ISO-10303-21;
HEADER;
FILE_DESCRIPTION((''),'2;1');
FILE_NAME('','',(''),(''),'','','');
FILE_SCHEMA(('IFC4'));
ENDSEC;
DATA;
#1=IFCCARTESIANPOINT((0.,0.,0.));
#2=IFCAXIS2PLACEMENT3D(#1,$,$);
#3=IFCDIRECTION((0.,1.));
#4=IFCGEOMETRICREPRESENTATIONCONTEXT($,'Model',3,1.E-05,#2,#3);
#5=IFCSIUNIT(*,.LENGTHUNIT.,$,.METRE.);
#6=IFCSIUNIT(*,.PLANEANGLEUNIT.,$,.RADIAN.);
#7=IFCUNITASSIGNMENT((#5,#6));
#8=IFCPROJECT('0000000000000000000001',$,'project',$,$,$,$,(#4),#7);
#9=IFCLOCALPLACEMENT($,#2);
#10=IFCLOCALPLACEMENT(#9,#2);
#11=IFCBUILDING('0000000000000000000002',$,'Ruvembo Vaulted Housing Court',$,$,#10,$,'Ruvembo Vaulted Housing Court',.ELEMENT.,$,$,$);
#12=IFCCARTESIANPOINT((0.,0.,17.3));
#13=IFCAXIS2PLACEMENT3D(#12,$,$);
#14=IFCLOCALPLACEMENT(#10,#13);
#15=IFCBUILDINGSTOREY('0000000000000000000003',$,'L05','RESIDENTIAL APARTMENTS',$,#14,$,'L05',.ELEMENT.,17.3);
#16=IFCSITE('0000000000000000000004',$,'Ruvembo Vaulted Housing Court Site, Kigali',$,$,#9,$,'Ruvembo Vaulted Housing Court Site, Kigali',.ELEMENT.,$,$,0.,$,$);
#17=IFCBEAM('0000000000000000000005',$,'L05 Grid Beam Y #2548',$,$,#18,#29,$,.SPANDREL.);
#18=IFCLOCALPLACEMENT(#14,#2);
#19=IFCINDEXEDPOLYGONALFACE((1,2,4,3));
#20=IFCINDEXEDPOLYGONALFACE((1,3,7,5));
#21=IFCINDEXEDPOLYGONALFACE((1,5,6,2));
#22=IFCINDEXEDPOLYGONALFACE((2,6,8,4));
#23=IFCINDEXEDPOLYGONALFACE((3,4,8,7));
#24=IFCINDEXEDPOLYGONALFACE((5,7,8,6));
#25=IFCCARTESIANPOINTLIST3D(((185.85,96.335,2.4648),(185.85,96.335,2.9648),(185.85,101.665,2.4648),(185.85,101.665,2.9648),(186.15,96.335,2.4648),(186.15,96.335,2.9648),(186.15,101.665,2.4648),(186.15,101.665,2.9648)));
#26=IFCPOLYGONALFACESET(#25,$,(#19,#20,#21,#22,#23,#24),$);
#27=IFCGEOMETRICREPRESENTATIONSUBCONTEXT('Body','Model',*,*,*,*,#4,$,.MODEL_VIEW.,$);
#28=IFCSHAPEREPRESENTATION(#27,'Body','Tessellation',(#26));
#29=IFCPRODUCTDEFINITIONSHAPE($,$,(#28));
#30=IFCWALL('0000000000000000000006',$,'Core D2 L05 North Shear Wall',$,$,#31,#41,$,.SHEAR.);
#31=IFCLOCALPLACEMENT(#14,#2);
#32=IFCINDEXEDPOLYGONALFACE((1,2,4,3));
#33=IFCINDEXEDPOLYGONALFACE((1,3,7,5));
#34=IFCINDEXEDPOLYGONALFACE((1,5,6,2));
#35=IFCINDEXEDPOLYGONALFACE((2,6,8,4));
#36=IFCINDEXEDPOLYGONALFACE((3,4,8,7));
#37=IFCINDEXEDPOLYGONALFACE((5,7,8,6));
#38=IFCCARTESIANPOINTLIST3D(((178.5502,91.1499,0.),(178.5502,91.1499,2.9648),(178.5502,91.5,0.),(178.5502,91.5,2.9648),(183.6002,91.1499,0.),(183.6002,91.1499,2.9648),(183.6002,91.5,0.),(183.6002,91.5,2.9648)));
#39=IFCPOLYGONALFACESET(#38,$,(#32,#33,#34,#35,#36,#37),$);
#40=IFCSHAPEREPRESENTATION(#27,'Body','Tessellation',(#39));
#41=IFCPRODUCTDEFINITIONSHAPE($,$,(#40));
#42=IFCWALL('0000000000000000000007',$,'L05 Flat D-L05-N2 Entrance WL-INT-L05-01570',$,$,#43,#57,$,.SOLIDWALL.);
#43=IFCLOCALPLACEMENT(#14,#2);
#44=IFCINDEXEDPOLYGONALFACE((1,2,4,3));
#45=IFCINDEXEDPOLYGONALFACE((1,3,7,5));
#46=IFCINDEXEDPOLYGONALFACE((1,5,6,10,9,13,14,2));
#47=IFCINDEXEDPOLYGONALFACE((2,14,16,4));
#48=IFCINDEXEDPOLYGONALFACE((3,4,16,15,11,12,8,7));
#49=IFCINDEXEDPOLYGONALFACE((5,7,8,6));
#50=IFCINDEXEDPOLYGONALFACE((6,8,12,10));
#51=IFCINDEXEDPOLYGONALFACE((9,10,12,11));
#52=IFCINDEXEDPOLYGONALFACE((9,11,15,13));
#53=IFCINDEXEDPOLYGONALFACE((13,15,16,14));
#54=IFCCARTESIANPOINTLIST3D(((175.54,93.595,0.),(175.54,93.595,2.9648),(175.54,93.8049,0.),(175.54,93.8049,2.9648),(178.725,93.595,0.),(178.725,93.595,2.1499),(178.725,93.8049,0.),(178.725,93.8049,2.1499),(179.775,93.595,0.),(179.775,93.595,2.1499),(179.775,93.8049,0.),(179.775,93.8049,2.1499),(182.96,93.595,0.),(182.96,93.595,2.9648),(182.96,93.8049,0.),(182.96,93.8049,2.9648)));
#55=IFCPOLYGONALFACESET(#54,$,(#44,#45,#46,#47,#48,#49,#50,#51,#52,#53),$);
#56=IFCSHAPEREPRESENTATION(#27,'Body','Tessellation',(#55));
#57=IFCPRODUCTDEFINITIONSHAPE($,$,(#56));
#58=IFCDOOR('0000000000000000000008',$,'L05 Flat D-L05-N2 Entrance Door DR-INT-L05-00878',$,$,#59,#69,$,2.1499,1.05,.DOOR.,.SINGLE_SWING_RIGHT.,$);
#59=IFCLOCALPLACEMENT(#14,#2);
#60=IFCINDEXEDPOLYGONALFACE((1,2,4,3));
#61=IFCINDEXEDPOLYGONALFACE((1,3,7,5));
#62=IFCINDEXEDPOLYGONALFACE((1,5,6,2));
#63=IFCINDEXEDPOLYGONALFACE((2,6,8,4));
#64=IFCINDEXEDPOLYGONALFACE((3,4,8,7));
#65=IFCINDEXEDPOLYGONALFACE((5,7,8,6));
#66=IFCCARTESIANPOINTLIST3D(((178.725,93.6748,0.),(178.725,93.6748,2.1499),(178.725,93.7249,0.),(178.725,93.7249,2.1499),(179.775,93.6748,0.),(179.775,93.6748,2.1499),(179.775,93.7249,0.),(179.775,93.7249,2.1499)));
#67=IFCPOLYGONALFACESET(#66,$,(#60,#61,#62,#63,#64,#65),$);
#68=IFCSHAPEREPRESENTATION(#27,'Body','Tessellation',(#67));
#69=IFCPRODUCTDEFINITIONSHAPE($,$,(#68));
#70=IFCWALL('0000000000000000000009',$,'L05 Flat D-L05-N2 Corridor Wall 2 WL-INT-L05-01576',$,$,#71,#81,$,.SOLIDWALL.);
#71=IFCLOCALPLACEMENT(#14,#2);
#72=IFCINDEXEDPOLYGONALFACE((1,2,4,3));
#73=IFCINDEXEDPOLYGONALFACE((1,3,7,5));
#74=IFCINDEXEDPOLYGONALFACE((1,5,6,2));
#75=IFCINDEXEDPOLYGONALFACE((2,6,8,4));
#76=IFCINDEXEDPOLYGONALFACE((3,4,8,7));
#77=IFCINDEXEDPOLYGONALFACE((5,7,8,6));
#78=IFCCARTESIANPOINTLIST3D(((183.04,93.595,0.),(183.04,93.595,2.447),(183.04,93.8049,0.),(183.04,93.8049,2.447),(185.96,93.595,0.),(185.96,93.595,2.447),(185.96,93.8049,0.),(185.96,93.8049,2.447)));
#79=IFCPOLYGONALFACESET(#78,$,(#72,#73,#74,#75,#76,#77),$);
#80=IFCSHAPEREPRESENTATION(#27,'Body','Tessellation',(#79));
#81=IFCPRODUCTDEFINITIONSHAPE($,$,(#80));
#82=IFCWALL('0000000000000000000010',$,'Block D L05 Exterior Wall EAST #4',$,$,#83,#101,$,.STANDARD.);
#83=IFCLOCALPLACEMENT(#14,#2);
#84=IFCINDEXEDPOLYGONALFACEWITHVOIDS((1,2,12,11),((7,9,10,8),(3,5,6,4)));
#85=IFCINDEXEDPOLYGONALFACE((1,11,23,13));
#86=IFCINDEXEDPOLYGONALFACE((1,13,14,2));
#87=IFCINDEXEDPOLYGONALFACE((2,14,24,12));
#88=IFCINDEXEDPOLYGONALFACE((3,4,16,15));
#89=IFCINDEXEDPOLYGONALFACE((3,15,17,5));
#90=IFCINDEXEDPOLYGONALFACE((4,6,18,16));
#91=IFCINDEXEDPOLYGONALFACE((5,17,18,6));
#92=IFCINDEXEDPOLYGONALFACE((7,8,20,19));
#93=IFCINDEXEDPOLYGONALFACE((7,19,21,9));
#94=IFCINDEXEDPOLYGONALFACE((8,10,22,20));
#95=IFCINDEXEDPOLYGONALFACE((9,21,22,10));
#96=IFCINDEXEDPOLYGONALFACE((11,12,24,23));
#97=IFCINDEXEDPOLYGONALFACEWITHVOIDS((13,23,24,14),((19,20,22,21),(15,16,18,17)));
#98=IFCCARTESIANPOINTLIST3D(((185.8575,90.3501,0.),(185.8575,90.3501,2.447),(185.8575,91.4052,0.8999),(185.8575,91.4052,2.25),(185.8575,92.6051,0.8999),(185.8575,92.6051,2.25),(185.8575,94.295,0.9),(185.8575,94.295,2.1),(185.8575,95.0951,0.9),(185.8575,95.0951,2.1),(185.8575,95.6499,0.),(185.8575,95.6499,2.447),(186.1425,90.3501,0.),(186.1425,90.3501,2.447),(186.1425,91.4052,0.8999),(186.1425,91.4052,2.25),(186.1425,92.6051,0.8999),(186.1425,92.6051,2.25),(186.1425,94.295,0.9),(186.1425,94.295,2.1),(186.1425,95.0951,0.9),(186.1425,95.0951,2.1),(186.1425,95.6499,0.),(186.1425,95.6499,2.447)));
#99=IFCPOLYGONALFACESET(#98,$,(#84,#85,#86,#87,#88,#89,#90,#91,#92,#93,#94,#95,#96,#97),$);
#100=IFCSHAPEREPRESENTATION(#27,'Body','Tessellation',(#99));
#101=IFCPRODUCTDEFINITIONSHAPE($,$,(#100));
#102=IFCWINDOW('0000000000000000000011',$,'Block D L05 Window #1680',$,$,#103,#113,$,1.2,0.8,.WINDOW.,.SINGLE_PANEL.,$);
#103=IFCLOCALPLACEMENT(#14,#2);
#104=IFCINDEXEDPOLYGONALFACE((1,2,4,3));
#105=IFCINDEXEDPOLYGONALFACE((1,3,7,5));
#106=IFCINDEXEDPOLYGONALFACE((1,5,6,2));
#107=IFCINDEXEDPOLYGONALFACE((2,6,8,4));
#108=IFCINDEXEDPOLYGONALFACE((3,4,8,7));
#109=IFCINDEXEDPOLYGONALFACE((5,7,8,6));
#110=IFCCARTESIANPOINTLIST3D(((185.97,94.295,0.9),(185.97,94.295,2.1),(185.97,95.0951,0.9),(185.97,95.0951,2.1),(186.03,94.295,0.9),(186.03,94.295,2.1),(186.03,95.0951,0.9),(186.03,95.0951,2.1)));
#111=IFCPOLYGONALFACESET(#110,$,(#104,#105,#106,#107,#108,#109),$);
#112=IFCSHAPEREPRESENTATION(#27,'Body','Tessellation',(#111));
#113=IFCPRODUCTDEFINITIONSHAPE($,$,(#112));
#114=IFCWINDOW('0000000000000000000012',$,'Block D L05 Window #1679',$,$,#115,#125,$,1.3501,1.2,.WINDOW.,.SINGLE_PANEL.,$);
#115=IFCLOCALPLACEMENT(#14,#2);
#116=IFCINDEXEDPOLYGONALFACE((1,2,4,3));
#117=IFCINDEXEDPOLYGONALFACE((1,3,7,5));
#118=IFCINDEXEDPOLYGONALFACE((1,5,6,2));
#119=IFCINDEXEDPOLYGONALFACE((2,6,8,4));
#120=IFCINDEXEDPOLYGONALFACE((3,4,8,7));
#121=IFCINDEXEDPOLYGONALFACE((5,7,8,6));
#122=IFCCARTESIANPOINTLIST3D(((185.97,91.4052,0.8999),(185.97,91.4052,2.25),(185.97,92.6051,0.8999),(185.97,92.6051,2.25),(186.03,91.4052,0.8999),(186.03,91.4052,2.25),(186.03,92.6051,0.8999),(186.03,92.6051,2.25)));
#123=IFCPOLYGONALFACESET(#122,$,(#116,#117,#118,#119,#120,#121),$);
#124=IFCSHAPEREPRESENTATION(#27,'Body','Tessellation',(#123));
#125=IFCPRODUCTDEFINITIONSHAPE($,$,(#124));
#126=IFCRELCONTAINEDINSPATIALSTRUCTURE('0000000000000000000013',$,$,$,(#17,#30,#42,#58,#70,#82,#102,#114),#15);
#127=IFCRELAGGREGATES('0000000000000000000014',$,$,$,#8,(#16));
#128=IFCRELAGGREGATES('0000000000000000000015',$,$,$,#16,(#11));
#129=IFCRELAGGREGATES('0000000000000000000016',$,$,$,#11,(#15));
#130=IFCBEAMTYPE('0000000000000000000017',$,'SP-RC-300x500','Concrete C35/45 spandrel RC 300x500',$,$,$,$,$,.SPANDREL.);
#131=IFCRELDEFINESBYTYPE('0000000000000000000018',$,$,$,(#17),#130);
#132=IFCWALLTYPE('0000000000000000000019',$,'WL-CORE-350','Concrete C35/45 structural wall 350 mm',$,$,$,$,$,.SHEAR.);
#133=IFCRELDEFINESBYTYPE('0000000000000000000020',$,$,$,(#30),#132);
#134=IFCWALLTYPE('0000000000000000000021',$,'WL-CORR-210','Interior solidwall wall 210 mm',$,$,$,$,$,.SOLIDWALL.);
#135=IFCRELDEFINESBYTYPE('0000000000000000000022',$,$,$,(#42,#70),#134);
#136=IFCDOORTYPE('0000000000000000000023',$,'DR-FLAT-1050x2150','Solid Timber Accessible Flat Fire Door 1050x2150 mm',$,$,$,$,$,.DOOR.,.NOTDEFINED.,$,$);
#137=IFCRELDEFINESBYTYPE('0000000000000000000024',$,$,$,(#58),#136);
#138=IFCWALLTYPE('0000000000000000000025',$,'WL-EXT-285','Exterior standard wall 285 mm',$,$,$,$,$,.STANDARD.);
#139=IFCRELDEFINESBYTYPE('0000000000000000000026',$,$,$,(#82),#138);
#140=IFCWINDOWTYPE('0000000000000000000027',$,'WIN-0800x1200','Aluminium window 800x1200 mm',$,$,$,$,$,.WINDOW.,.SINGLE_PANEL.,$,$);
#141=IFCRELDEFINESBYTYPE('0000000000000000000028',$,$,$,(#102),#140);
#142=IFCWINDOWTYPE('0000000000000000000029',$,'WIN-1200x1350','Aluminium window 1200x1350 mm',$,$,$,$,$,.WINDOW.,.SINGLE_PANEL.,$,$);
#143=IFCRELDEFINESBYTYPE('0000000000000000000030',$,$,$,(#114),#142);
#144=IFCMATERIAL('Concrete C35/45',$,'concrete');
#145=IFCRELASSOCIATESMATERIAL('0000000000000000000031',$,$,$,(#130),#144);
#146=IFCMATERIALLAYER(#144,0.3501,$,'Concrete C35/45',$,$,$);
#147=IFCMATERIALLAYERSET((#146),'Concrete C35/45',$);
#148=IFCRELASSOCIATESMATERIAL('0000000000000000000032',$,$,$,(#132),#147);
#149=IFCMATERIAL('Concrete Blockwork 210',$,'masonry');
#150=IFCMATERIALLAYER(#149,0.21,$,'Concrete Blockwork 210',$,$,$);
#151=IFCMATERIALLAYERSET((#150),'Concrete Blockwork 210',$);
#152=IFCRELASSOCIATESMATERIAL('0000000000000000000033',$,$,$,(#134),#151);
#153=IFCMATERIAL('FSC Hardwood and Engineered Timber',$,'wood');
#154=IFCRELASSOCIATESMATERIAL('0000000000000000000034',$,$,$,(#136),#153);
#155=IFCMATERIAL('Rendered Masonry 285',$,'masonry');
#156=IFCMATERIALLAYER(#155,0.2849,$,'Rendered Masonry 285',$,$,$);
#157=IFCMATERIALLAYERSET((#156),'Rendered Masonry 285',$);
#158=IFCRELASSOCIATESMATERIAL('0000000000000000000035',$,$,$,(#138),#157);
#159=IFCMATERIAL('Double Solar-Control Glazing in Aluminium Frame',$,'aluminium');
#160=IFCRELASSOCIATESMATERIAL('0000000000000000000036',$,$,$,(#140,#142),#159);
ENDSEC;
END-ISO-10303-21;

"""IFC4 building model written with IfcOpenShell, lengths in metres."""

from ifc_helpers import new_model, si_unit, direction, frame, frame_2d, origin, origin_2d, place, context, subcontext, project, spatial, rectangle, extrude, material, layer, layer_set, material_profile, profile_set, type_object, element, fill, save


model = new_model("IFC4")

# Units and contexts
model_context = context("Model", 3, precision=1e-05, world=origin(), true_north=direction((0.0, 1.0)))
body_context = subcontext(model_context, "Body", "Model", "MODEL_VIEW")
ifc_project = project(units=[si_unit("LENGTHUNIT", "METRE"), si_unit("PLANEANGLEUNIT", "RADIAN")], contexts=[model_context])

# Site, building, storey
site_placement = place(None, origin())
site = spatial("IfcSite", under=ifc_project, at=site_placement, Name="Ruvembo Vaulted Housing Court Site, Kigali", LongName="Ruvembo Vaulted Housing Court Site, Kigali", CompositionType="ELEMENT", RefElevation=0.0)
building_placement = place(site_placement, origin())
building = spatial("IfcBuilding", under=site, at=building_placement, Name="Ruvembo Vaulted Housing Court", LongName="Ruvembo Vaulted Housing Court", CompositionType="ELEMENT")
storey_placement = place(building_placement, frame((0.0, 0.0, 17.3)))
storey = spatial("IfcBuildingStorey", under=building, at=storey_placement, Name="L05", Description="RESIDENTIAL APARTMENTS", LongName="L05", CompositionType="ELEMENT", Elevation=17.3)

# Shared definitions
ifc_material_1 = material(Name="Concrete C35/45", Category="concrete")

# Beam
ifc_material_profile_1 = material_profile(ifc_material_1, rectangle(XDim=0.3, YDim=0.5, at=origin_2d()), Name="RC 300x500")
ifc_profile_set_1 = profile_set([ifc_material_profile_1], Name="Concrete C35/45")
beam_type_1 = type_object("IfcBeamType", Name="SP-RC-300x500", Description="Concrete C35/45 spandrel RC 300x500", PredefinedType="SPANDREL", material=ifc_profile_set_1)
for number, where, z_axis, x_axis, name in (
    (1, (186.0, 96.335, 2.7148), (0.0, 1.0, 0.0), (-1.0, 0.0, 0.0), "L05 Grid Beam Y #2548"),
):
    element("IfcBeam", number, at=place(storey_placement, frame(where, z_axis=z_axis, x_axis=x_axis)), inside=storey, type_object=beam_type_1, Name=name, PredefinedType="SPANDREL", context=body_context, shape_type="SweptSolid", body=[
        extrude(rectangle(XDim=0.3, YDim=0.5, at=origin_2d()), origin(), (0.0, 0.0, 1.0), 5.3301),
    ])

# Wall
ifc_layer_1 = layer(ifc_material_1, 0.3501, Name="Concrete C35/45")
ifc_layer_set_1 = layer_set([ifc_layer_1], Name="Concrete C35/45")
wall_type_1 = type_object("IfcWallType", Name="WL-CORE-350", Description="Concrete C35/45 structural wall 350 mm", PredefinedType="SHEAR", material=ifc_layer_set_1)
wall_1_placement = place(storey_placement, frame((183.6001, 91.325, 0.0), z_axis=(0.0, 0.0, 1.0), x_axis=(-1.0, 0.0, 0.0)))
element("IfcWall", 2, at=wall_1_placement, inside=storey, type_object=wall_type_1, Name="Core D2 L05 North Shear Wall", PredefinedType="SHEAR", context=body_context, shape_type="SweptSolid", body=[
    extrude(rectangle(XDim=5.05, YDim=0.3501, at=frame_2d((2.5249, 0.0))), origin(), (0.0, 0.0, 1.0), 2.9648),
])

# Wall, opening, door
ifc_material_2 = material(Name="Concrete Blockwork 210", Category="masonry")
ifc_layer_2 = layer(ifc_material_2, 0.21, Name="Concrete Blockwork 210")
ifc_layer_set_2 = layer_set([ifc_layer_2], Name="Concrete Blockwork 210")
wall_type_2 = type_object("IfcWallType", Name="WL-CORR-210", Description="Interior solidwall wall 210 mm", PredefinedType="SOLIDWALL", material=ifc_layer_set_2)
wall_2_placement = place(storey_placement, frame((175.54, 93.7, 0.0), z_axis=(0.0, 0.0, 1.0), x_axis=(1.0, 0.0, 0.0)))
wall_2 = element("IfcWall", 3, at=wall_2_placement, inside=storey, type_object=wall_type_2, Name="L05 Flat D-L05-N2 Entrance WL-INT-L05-01570", PredefinedType="SOLIDWALL", context=body_context, shape_type="SweptSolid", body=[
    extrude(rectangle(XDim=7.4199, YDim=0.21, at=frame_2d((3.71, 0.0))), origin(), (0.0, 0.0, 1.0), 2.9648),
])
opening_1_placement = place(wall_2_placement, frame((3.1851, 0.0, 0.0)))
opening_1 = element("IfcOpeningElement", 4, at=opening_1_placement, cuts=wall_2, PredefinedType="OPENING", context=body_context, shape_type="SweptSolid", body=[
    extrude(rectangle(XDim=1.05, YDim=2.1499, at=frame_2d((0.5249, 1.075))), frame((0.0, 0.115, 0.0), z_axis=(0.0, -1.0, 0.0), x_axis=(1.0, 0.0, 0.0)), (0.0, 0.0, 1.0), 0.23),
])
ifc_material_3 = material(Name="FSC Hardwood and Engineered Timber", Category="wood")
door_type_1 = type_object("IfcDoorType", Name="DR-FLAT-1050x2150", Description="Solid Timber Accessible Flat Fire Door 1050x2150 mm", OperationType="NOTDEFINED", PredefinedType="DOOR", material=ifc_material_3)
door_1_placement = place(opening_1_placement, origin())
door_1 = element("IfcDoor", 5, at=door_1_placement, inside=storey, type_object=door_type_1, Name="L05 Flat D-L05-N2 Entrance Door DR-INT-L05-00878", OperationType="SINGLE_SWING_RIGHT", OverallHeight=2.1499, OverallWidth=1.05, PredefinedType="DOOR", context=body_context, shape_type="SweptSolid", body=[
    extrude(rectangle(XDim=1.05, YDim=2.1499, at=frame_2d((0.5249, 1.075))), frame((0.0, 0.0249, 0.0), z_axis=(0.0, -1.0, 0.0), x_axis=(1.0, 0.0, 0.0)), (0.0, 0.0, 1.0), 0.05),
])
fill(opening_1, door_1)

# Wall
wall_3_placement = place(storey_placement, frame((183.04, 93.7, 0.0), z_axis=(0.0, 0.0, 1.0), x_axis=(1.0, 0.0, 0.0)))
element("IfcWall", 6, at=wall_3_placement, inside=storey, type_object=wall_type_2, Name="L05 Flat D-L05-N2 Corridor Wall 2 WL-INT-L05-01576", PredefinedType="SOLIDWALL", context=body_context, shape_type="SweptSolid", body=[
    extrude(rectangle(XDim=2.9199, YDim=0.21, at=frame_2d((1.46, 0.0))), origin(), (0.0, 0.0, 1.0), 2.447),
])

# Wall, openings, windows
ifc_material_4 = material(Name="Rendered Masonry 285", Category="masonry")
ifc_layer_3 = layer(ifc_material_4, 0.2849, Name="Rendered Masonry 285")
ifc_layer_set_3 = layer_set([ifc_layer_3], Name="Rendered Masonry 285")
wall_type_3 = type_object("IfcWallType", Name="WL-EXT-285", Description="Exterior standard wall 285 mm", PredefinedType="STANDARD", material=ifc_layer_set_3)
wall_4_placement = place(storey_placement, frame((186.0, 90.3501, 0.0), z_axis=(0.0, 0.0, 1.0), x_axis=(0.0, 1.0, 0.0)))
wall_4 = element("IfcWall", 7, at=wall_4_placement, inside=storey, type_object=wall_type_3, Name="Block D L05 Exterior Wall EAST #4", PredefinedType="STANDARD", context=body_context, shape_type="SweptSolid", body=[
    extrude(rectangle(XDim=5.2998, YDim=0.2849, at=frame_2d((2.6499, 0.0))), origin(), (0.0, 0.0, 1.0), 2.447),
])
opening_2_placement = place(wall_4_placement, frame((1.0549, 0.0, 0.8999)))
opening_2 = element("IfcOpeningElement", 8, at=opening_2_placement, cuts=wall_4, PredefinedType="OPENING", context=body_context, shape_type="SweptSolid", body=[
    extrude(rectangle(XDim=1.2, YDim=1.3501, at=frame_2d((0.6001, 0.675))), frame((0.0, 0.1523, 0.0), z_axis=(0.0, -1.0, 0.0), x_axis=(1.0, 0.0, 0.0)), (0.0, 0.0, 1.0), 0.3049),
])
opening_3_placement = place(wall_4_placement, frame((3.9451, 0.0, 0.8999)))
opening_3 = element("IfcOpeningElement", 9, at=opening_3_placement, cuts=wall_4, PredefinedType="OPENING", context=body_context, shape_type="SweptSolid", body=[
    extrude(rectangle(XDim=0.8, YDim=1.2, at=frame_2d((0.3999, 0.6001))), frame((0.0, 0.1523, 0.0), z_axis=(0.0, -1.0, 0.0), x_axis=(1.0, 0.0, 0.0)), (0.0, 0.0, 1.0), 0.3049),
])
ifc_material_5 = material(Name="Double Solar-Control Glazing in Aluminium Frame", Category="aluminium")
window_type_1 = type_object("IfcWindowType", Name="WIN-0800x1200", Description="Aluminium window 800x1200 mm", PartitioningType="SINGLE_PANEL", PredefinedType="WINDOW", material=ifc_material_5)
window_1_placement = place(opening_3_placement, origin())
window_1 = element("IfcWindow", 10, at=window_1_placement, inside=storey, type_object=window_type_1, Name="Block D L05 Window #1680", OverallHeight=1.2, OverallWidth=0.8, PartitioningType="SINGLE_PANEL", PredefinedType="WINDOW", context=body_context, shape_type="SweptSolid", body=[
    extrude(rectangle(XDim=0.8, YDim=1.2, at=frame_2d((0.3999, 0.6001))), frame((0.0, 0.03, 0.0), z_axis=(0.0, -1.0, 0.0), x_axis=(1.0, 0.0, 0.0)), (0.0, 0.0, 1.0), 0.0601),
])
fill(opening_3, window_1)
window_type_2 = type_object("IfcWindowType", Name="WIN-1200x1350", Description="Aluminium window 1200x1350 mm", PartitioningType="SINGLE_PANEL", PredefinedType="WINDOW", material=ifc_material_5)
window_2_placement = place(opening_2_placement, origin())
window_2 = element("IfcWindow", 11, at=window_2_placement, inside=storey, type_object=window_type_2, Name="Block D L05 Window #1679", OverallHeight=1.3501, OverallWidth=1.2, PartitioningType="SINGLE_PANEL", PredefinedType="WINDOW", context=body_context, shape_type="SweptSolid", body=[
    extrude(rectangle(XDim=1.2, YDim=1.3501, at=frame_2d((0.6001, 0.675))), frame((0.0, 0.03, 0.0), z_axis=(0.0, -1.0, 0.0), x_axis=(1.0, 0.0, 0.0)), (0.0, 0.0, 1.0), 0.0601),
])
fill(opening_2, window_2)

save(model, "model.ifc")
